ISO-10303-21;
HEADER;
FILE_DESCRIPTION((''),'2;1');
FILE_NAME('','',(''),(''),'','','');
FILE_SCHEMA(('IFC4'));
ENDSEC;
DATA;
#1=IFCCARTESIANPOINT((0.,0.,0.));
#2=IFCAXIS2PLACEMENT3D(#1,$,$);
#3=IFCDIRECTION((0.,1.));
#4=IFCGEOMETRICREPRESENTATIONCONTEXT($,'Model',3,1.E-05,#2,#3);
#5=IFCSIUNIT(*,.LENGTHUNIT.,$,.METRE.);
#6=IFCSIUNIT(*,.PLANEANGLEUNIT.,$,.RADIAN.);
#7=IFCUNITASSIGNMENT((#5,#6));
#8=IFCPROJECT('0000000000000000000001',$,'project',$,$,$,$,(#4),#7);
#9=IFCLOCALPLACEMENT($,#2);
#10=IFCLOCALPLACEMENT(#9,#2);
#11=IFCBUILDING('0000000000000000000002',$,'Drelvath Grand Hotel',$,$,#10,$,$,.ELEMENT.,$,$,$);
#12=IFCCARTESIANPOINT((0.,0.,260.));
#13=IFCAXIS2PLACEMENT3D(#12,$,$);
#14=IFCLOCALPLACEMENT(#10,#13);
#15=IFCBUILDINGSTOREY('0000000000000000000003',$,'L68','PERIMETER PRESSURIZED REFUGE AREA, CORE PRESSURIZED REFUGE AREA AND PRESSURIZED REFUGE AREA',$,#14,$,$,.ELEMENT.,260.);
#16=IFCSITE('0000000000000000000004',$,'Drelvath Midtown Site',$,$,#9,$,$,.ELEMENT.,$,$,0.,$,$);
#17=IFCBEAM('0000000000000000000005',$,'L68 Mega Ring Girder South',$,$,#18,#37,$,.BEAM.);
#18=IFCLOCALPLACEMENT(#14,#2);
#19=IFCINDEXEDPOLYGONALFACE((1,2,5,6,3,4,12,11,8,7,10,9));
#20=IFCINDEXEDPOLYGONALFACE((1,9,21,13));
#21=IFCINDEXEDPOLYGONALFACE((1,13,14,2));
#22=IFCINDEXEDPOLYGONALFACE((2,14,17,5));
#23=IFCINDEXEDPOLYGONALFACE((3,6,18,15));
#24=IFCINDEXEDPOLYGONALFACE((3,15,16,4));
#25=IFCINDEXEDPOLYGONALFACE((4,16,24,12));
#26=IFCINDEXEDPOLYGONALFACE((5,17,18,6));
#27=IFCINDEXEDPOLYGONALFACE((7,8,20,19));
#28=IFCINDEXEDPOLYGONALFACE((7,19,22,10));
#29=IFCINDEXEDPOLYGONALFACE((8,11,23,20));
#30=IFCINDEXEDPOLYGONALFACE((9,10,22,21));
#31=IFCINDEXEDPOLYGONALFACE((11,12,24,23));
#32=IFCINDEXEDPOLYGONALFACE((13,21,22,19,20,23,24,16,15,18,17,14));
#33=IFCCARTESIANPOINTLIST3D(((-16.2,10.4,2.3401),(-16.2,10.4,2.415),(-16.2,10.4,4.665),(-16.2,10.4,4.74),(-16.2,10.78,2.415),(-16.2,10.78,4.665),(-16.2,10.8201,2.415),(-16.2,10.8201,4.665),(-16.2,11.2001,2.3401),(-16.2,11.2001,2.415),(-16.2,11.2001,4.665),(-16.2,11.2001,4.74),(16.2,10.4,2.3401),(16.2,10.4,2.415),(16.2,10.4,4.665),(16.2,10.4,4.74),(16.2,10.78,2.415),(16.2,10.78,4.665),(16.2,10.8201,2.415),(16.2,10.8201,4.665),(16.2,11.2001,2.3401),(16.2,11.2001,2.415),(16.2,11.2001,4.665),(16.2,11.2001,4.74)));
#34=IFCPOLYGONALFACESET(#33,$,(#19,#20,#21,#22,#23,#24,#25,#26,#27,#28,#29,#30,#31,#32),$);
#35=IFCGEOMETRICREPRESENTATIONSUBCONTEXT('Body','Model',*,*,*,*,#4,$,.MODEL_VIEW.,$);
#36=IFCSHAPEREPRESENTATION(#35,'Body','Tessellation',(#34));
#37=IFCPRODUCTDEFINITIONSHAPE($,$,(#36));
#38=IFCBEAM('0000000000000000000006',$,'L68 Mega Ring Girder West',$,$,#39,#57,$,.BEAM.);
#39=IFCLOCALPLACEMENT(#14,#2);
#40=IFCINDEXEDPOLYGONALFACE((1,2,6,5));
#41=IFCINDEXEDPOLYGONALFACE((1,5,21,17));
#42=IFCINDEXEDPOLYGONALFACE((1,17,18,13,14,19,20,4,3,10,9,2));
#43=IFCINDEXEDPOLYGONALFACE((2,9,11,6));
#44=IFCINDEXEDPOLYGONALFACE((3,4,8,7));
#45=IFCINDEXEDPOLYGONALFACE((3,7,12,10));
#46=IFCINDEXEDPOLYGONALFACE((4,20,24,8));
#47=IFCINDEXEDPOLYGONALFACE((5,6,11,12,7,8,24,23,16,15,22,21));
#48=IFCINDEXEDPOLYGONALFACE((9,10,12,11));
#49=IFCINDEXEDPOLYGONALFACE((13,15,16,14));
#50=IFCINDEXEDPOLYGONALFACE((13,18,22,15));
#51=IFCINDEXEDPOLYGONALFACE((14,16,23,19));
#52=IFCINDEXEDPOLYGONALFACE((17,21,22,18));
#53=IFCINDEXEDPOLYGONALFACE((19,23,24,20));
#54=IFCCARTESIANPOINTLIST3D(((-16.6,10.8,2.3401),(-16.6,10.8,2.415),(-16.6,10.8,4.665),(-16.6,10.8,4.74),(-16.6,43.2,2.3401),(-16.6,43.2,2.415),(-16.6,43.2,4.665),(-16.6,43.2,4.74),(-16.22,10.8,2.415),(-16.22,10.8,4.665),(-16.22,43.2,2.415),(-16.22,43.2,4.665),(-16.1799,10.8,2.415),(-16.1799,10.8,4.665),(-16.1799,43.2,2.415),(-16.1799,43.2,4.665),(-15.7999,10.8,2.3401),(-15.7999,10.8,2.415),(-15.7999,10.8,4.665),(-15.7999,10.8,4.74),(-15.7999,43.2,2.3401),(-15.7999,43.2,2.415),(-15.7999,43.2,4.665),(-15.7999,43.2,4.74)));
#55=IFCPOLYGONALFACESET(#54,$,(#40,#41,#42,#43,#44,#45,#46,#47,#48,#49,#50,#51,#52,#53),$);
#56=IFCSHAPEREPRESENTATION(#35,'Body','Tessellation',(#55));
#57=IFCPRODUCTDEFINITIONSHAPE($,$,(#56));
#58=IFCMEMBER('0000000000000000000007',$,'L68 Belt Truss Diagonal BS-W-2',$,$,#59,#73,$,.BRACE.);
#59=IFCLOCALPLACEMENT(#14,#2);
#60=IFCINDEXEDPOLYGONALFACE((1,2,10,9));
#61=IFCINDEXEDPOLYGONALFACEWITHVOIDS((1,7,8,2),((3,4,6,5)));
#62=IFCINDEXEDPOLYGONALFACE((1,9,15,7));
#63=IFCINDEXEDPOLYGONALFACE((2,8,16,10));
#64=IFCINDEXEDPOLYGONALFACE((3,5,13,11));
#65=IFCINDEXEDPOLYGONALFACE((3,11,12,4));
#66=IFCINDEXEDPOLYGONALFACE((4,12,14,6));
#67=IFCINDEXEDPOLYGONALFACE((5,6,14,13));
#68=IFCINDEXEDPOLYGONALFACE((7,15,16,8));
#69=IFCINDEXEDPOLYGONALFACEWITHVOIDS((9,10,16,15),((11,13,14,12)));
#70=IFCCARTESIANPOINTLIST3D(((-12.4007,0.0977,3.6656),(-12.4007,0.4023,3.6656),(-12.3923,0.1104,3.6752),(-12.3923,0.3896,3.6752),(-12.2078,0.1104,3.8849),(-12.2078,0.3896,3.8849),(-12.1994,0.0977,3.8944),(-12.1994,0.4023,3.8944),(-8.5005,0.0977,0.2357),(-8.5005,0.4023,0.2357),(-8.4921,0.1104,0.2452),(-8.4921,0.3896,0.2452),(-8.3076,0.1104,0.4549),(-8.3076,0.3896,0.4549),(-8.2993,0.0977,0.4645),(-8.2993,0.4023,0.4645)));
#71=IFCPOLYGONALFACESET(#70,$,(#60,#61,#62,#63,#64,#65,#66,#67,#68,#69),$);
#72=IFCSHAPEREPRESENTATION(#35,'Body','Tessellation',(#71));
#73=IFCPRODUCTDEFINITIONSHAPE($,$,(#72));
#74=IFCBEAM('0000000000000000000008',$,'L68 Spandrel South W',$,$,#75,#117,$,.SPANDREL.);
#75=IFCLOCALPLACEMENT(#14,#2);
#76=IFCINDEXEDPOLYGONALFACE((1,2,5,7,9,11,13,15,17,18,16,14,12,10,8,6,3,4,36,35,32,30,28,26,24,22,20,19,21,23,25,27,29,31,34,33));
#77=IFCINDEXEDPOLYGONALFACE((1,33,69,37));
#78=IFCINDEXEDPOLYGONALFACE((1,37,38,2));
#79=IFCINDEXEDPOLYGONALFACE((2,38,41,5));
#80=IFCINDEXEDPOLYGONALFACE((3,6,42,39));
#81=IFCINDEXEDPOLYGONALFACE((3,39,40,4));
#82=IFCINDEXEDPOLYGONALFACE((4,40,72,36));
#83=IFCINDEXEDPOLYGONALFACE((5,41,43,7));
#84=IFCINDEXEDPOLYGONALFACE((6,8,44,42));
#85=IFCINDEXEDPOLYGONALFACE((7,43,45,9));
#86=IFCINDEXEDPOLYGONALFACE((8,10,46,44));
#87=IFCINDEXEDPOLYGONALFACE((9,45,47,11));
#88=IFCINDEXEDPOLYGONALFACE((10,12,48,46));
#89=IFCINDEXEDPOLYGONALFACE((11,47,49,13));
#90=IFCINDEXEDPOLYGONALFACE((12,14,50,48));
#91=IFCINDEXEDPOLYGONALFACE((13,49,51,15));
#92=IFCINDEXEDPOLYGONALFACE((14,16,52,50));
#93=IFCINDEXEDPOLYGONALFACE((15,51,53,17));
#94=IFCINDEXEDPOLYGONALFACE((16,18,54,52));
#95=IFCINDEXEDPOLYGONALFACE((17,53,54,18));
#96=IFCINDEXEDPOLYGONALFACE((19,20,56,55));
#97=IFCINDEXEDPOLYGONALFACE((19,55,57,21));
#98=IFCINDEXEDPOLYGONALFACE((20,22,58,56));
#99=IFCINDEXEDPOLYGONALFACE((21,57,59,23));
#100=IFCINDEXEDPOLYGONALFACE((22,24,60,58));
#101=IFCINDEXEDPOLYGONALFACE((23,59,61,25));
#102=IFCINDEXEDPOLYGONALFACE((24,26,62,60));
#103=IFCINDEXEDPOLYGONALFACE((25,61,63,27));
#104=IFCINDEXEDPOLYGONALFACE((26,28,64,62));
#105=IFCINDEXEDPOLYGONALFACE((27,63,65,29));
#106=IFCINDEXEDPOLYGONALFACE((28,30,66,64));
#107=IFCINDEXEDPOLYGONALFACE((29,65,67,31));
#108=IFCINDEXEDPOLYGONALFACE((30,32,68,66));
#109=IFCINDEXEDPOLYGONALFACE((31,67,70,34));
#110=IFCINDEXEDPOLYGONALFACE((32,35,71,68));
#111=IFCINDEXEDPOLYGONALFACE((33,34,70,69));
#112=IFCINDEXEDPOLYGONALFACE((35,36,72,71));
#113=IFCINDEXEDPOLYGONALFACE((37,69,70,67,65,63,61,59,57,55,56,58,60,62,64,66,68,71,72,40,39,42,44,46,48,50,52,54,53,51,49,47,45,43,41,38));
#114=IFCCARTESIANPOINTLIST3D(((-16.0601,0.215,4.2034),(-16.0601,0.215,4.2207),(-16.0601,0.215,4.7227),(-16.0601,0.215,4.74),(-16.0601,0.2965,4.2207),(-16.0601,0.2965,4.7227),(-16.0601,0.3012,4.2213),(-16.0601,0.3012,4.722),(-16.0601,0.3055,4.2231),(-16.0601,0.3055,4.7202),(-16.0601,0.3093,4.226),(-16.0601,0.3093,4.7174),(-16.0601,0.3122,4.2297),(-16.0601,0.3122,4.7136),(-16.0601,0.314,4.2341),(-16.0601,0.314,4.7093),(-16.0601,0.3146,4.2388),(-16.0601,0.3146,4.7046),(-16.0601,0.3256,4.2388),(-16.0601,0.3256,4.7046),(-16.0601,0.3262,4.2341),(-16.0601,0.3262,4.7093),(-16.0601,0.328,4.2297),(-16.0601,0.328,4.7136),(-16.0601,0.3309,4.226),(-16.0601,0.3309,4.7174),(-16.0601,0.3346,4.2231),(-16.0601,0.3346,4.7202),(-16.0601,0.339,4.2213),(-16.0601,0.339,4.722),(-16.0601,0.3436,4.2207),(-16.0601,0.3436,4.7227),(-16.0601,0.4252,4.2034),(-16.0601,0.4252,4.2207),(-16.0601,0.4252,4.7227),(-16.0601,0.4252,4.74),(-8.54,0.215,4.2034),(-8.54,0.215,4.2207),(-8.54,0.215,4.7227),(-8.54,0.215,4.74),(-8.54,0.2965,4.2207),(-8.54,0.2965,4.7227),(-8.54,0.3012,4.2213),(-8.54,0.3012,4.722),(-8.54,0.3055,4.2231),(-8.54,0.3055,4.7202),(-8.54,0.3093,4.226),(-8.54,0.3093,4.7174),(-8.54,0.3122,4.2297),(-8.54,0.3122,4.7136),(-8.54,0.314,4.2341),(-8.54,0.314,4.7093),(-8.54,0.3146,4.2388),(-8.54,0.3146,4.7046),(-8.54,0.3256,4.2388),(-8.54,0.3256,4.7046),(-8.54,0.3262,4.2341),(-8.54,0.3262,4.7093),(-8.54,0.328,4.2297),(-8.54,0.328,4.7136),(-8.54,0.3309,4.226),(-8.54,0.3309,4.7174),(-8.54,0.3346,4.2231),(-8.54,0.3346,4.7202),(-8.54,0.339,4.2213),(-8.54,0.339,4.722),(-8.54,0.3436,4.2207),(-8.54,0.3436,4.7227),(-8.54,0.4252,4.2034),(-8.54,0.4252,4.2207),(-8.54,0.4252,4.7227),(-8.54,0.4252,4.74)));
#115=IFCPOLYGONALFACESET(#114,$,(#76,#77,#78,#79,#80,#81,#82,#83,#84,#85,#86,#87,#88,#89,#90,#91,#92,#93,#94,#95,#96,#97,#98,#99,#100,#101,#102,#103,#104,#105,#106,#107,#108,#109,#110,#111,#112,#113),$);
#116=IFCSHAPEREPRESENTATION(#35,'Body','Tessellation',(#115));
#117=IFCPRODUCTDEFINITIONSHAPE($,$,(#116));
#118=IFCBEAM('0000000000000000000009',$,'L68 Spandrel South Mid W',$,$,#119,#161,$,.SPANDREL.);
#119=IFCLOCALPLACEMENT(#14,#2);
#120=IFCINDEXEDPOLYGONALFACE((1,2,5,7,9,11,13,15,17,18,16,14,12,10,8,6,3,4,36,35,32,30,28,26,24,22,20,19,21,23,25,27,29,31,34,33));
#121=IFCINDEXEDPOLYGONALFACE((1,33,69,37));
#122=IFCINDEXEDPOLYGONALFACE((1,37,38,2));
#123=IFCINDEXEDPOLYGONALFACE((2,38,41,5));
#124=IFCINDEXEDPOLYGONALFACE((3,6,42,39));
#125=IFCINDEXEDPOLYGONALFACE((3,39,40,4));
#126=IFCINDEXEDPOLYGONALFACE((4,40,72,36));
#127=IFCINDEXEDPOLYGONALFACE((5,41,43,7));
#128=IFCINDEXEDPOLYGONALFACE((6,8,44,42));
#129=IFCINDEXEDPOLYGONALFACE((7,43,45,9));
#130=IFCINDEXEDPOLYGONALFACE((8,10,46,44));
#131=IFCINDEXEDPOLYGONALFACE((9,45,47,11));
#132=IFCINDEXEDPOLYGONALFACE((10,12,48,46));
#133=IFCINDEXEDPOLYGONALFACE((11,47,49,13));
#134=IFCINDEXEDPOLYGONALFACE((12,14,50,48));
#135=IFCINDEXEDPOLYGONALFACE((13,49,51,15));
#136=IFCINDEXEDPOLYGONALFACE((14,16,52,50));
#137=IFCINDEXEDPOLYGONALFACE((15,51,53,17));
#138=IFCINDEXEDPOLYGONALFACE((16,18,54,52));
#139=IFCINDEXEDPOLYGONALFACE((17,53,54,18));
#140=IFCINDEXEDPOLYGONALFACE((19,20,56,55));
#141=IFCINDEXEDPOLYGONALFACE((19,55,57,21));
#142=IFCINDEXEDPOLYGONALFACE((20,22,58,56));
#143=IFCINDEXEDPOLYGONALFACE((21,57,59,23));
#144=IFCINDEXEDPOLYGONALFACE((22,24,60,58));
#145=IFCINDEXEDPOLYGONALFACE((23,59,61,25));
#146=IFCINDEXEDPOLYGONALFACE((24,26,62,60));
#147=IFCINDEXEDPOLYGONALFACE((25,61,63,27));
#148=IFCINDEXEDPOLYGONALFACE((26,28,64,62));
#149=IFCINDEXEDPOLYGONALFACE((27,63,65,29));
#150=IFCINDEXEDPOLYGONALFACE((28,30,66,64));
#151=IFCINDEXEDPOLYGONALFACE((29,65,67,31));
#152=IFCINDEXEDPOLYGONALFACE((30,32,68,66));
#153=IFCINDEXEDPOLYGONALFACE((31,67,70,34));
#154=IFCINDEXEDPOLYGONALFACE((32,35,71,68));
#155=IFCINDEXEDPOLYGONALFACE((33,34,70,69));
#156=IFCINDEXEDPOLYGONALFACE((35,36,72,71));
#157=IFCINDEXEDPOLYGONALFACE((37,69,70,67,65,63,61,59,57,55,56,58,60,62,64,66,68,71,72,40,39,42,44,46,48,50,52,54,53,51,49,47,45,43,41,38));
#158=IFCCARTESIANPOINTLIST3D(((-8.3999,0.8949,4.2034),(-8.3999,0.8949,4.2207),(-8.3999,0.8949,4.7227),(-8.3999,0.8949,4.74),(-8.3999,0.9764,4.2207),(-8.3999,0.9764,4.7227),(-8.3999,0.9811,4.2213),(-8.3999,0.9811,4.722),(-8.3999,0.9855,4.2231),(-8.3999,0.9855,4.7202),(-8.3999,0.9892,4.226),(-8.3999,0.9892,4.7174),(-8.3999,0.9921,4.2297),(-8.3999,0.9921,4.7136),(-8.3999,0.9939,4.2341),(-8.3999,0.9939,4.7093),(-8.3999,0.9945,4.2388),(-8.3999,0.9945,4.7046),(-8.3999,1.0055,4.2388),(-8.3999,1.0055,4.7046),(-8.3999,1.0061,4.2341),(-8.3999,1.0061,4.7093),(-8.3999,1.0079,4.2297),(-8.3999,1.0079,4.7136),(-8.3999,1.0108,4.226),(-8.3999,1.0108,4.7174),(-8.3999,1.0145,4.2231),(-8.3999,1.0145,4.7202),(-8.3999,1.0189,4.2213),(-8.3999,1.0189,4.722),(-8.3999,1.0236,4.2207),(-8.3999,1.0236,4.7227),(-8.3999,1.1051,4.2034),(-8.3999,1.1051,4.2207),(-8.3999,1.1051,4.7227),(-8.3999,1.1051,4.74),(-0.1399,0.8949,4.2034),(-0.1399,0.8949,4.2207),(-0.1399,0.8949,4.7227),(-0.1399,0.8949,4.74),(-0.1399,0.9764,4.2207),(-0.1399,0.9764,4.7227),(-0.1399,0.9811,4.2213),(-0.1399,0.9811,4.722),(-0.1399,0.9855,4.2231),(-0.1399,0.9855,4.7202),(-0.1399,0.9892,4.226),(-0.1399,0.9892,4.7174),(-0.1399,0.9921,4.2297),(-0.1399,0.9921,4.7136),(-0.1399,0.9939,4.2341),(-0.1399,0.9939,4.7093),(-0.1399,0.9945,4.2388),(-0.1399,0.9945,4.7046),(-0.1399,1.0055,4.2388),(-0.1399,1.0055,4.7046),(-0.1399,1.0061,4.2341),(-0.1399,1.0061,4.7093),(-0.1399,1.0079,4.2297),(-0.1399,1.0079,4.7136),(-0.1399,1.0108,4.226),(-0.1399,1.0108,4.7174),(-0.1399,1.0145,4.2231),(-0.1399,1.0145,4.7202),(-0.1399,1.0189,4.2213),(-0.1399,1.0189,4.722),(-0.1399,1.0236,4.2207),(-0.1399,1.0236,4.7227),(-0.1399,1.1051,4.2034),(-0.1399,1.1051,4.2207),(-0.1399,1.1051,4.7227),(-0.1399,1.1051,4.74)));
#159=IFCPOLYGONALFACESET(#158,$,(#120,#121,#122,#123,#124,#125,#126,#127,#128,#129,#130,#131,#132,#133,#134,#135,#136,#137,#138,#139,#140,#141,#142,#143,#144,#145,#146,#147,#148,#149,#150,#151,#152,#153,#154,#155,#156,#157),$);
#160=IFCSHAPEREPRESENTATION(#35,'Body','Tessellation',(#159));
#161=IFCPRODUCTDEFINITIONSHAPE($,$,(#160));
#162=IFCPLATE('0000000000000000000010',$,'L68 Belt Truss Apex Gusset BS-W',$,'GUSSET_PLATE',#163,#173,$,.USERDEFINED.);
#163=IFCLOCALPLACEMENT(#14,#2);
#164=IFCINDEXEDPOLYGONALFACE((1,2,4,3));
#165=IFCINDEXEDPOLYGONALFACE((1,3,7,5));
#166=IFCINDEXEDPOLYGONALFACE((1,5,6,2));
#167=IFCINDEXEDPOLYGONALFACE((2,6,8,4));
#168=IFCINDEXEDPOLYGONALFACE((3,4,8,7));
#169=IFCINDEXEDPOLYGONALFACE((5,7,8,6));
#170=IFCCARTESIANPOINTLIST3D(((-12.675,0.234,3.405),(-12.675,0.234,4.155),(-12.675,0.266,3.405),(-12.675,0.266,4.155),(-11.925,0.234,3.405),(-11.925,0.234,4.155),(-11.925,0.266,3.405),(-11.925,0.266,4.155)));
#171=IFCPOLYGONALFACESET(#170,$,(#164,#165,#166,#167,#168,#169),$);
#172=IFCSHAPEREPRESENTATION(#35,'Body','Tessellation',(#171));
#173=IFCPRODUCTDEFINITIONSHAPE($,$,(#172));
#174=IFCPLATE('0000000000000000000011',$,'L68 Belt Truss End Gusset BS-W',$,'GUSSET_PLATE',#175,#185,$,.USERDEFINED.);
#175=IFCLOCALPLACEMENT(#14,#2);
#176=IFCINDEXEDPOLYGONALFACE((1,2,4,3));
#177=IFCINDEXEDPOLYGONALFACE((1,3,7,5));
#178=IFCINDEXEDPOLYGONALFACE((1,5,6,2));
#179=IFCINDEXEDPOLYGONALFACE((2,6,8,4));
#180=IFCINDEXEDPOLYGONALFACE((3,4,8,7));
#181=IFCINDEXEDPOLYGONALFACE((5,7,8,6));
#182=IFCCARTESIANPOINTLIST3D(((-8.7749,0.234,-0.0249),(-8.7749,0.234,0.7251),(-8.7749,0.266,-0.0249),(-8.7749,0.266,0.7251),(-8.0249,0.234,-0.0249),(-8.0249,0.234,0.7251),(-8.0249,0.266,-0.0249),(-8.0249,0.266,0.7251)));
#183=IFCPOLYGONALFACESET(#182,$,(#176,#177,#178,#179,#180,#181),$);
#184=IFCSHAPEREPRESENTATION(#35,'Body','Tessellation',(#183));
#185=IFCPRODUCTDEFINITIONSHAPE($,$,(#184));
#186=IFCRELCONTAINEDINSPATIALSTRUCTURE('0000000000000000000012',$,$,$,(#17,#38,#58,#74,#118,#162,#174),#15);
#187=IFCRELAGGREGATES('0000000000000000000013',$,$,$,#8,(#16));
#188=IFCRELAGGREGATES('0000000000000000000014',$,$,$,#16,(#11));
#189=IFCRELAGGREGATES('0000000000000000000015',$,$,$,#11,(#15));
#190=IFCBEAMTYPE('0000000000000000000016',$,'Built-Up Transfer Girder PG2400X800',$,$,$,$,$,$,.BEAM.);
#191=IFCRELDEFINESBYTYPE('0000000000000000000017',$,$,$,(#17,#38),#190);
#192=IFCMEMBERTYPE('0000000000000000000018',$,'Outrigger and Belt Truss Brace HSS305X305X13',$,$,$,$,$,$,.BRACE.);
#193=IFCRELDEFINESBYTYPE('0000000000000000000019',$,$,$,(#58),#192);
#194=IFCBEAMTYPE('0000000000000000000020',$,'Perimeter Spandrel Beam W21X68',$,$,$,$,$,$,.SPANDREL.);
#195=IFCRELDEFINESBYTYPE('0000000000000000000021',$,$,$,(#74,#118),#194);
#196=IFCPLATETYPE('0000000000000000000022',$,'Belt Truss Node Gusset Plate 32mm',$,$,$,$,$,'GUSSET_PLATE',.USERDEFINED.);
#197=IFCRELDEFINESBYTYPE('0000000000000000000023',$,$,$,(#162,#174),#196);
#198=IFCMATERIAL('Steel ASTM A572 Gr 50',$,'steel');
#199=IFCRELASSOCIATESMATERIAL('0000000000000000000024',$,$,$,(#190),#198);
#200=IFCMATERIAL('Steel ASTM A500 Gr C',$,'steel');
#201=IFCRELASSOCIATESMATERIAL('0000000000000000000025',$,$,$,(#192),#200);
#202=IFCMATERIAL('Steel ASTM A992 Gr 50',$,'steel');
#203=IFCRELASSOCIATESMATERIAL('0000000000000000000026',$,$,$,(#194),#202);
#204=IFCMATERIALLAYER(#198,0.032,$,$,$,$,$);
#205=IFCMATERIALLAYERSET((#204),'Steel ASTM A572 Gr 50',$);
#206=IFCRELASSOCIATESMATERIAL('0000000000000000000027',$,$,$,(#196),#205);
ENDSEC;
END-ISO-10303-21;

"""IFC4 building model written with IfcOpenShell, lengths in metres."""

from ifc_helpers import new_model, si_unit, direction, frame, origin, origin_2d, place, context, subcontext, project, spatial, rectangle, hollow_rectangle, i_section, extrude, material, layer, layer_set, material_profile, profile_set, type_object, element, save


model = new_model("IFC4")

# Units and contexts
model_context = context("Model", 3, precision=1e-05, world=origin(), true_north=direction((0.0, 1.0)))
body_context = subcontext(model_context, "Body", "Model", "MODEL_VIEW")
ifc_project = project(units=[si_unit("LENGTHUNIT", "METRE"), si_unit("PLANEANGLEUNIT", "RADIAN")], contexts=[model_context])

# Site, building, storey
site_placement = place(None, origin())
site = spatial("IfcSite", under=ifc_project, at=site_placement, Name="Drelvath Midtown Site", CompositionType="ELEMENT", RefElevation=0.0)
building_placement = place(site_placement, origin())
building = spatial("IfcBuilding", under=site, at=building_placement, Name="Drelvath Grand Hotel", CompositionType="ELEMENT")
storey_placement = place(building_placement, frame((0.0, 0.0, 260.0)))
storey = spatial("IfcBuildingStorey", under=building, at=storey_placement, Name="L68", Description="PERIMETER PRESSURIZED REFUGE AREA, CORE PRESSURIZED REFUGE AREA AND PRESSURIZED REFUGE AREA", CompositionType="ELEMENT", Elevation=260.0)

# Beams
ifc_material_1 = material(Name="Steel ASTM A572 Gr 50", Category="steel")
ifc_material_profile_1 = material_profile(ifc_material_1, i_section(OverallWidth=0.8, OverallDepth=2.3999, WebThickness=0.04, FlangeThickness=0.075, at=origin_2d()), Name="PG2400X800")
ifc_profile_set_1 = profile_set([ifc_material_profile_1], Name="Steel ASTM A572 Gr 50")
beam_type_1 = type_object("IfcBeamType", Name="Built-Up Transfer Girder PG2400X800", PredefinedType="BEAM", material=ifc_profile_set_1)
for number, where, z_axis, x_axis, name in (
    (1, (-16.2, 10.8, 3.54), (1.0, 0.0, 0.0), (0.0, 1.0, 0.0), "L68 Mega Ring Girder South"),
    (2, (-16.2, 10.8, 3.54), (0.0, 1.0, 0.0), (-1.0, 0.0, 0.0), "L68 Mega Ring Girder West"),
):
    element("IfcBeam", number, at=place(storey_placement, frame(where, z_axis=z_axis, x_axis=x_axis)), inside=storey, type_object=beam_type_1, Name=name, PredefinedType="BEAM", context=body_context, shape_type="SweptSolid", body=[
        extrude(i_section(OverallWidth=0.8, OverallDepth=2.3999, WebThickness=0.04, FlangeThickness=0.075, at=origin_2d()), origin(), (0.0, 0.0, 1.0), 32.3999),
    ])

# Member
ifc_material_2 = material(Name="Steel ASTM A500 Gr C", Category="steel")
ifc_material_profile_2 = material_profile(ifc_material_2, hollow_rectangle(XDim=0.3047, YDim=0.3047, WallThickness=0.0127, at=origin_2d()), Name="HSS305X305X13")
ifc_profile_set_2 = profile_set([ifc_material_profile_2], Name="Steel ASTM A500 Gr C")
member_type = type_object("IfcMemberType", Name="Outrigger and Belt Truss Brace HSS305X305X13", PredefinedType="BRACE", material=ifc_profile_set_2)
member_placement = place(storey_placement, frame((-12.3, 0.25, 3.78), z_axis=(0.750923, 0.0, -0.660389), x_axis=(0.0, 1.0, 0.0)))
element("IfcMember", 3, at=member_placement, inside=storey, type_object=member_type, Name="L68 Belt Truss Diagonal BS-W-2", PredefinedType="BRACE", context=body_context, shape_type="SweptSolid", body=[
    extrude(hollow_rectangle(XDim=0.3047, YDim=0.3047, WallThickness=0.0127, at=origin_2d()), origin(), (0.0, 0.0, 1.0), 5.1938),
])

# Beams
ifc_material_3 = material(Name="Steel ASTM A992 Gr 50", Category="steel")
ifc_material_profile_3 = material_profile(ifc_material_3, i_section(OverallWidth=0.2102, OverallDepth=0.5366, WebThickness=0.011, FlangeThickness=0.0173, FilletRadius=0.0181, at=origin_2d()), Name="W21X68")
ifc_profile_set_3 = profile_set([ifc_material_profile_3], Name="Steel ASTM A992 Gr 50")
beam_type_2 = type_object("IfcBeamType", Name="Perimeter Spandrel Beam W21X68", PredefinedType="SPANDREL", material=ifc_profile_set_3)
beam_1_placement = place(storey_placement, frame((-16.0601, 0.3201, 4.4717), z_axis=(1.0, 0.0, 0.0), x_axis=(0.0, 1.0, 0.0)))
element("IfcBeam", 4, at=beam_1_placement, inside=storey, type_object=beam_type_2, Name="L68 Spandrel South W", PredefinedType="SPANDREL", context=body_context, shape_type="SweptSolid", body=[
    extrude(i_section(OverallWidth=0.2102, OverallDepth=0.5366, WebThickness=0.011, FlangeThickness=0.0173, FilletRadius=0.0181, at=origin_2d()), origin(), (0.0, 0.0, 1.0), 7.52),
])
beam_2_placement = place(storey_placement, frame((-8.3999, 1.0, 4.4717), z_axis=(1.0, 0.0, 0.0), x_axis=(0.0, 1.0, 0.0)))
element("IfcBeam", 5, at=beam_2_placement, inside=storey, type_object=beam_type_2, Name="L68 Spandrel South Mid W", PredefinedType="SPANDREL", context=body_context, shape_type="SweptSolid", body=[
    extrude(i_section(OverallWidth=0.2102, OverallDepth=0.5366, WebThickness=0.011, FlangeThickness=0.0173, FilletRadius=0.0181, at=origin_2d()), origin(), (0.0, 0.0, 1.0), 8.26),
])

# Plates
ifc_layer_1 = layer(ifc_material_1, 0.032)
ifc_layer_set_1 = layer_set([ifc_layer_1], Name="Steel ASTM A572 Gr 50")
plate_type = type_object("IfcPlateType", Name="Belt Truss Node Gusset Plate 32mm", ElementType="GUSSET_PLATE", PredefinedType="USERDEFINED", material=ifc_layer_set_1)
for number, where, z_axis, x_axis, name in (
    (6, (-12.3, 0.25, 3.405), (0.0, 0.0, 1.0), (1.0, 0.0, 0.0), "L68 Belt Truss Apex Gusset BS-W"),
    (7, (-8.3999, 0.25, -0.0249), (0.0, 0.0, 1.0), (1.0, 0.0, 0.0), "L68 Belt Truss End Gusset BS-W"),
):
    element("IfcPlate", number, at=place(storey_placement, frame(where, z_axis=z_axis, x_axis=x_axis)), inside=storey, type_object=plate_type, Name=name, ObjectType="GUSSET_PLATE", PredefinedType="USERDEFINED", context=body_context, shape_type="SweptSolid", body=[
        extrude(rectangle(XDim=0.75, YDim=0.032, at=origin_2d()), origin(), (0.0, 0.0, 1.0), 0.75),
    ])

save(model, "model.ifc")
